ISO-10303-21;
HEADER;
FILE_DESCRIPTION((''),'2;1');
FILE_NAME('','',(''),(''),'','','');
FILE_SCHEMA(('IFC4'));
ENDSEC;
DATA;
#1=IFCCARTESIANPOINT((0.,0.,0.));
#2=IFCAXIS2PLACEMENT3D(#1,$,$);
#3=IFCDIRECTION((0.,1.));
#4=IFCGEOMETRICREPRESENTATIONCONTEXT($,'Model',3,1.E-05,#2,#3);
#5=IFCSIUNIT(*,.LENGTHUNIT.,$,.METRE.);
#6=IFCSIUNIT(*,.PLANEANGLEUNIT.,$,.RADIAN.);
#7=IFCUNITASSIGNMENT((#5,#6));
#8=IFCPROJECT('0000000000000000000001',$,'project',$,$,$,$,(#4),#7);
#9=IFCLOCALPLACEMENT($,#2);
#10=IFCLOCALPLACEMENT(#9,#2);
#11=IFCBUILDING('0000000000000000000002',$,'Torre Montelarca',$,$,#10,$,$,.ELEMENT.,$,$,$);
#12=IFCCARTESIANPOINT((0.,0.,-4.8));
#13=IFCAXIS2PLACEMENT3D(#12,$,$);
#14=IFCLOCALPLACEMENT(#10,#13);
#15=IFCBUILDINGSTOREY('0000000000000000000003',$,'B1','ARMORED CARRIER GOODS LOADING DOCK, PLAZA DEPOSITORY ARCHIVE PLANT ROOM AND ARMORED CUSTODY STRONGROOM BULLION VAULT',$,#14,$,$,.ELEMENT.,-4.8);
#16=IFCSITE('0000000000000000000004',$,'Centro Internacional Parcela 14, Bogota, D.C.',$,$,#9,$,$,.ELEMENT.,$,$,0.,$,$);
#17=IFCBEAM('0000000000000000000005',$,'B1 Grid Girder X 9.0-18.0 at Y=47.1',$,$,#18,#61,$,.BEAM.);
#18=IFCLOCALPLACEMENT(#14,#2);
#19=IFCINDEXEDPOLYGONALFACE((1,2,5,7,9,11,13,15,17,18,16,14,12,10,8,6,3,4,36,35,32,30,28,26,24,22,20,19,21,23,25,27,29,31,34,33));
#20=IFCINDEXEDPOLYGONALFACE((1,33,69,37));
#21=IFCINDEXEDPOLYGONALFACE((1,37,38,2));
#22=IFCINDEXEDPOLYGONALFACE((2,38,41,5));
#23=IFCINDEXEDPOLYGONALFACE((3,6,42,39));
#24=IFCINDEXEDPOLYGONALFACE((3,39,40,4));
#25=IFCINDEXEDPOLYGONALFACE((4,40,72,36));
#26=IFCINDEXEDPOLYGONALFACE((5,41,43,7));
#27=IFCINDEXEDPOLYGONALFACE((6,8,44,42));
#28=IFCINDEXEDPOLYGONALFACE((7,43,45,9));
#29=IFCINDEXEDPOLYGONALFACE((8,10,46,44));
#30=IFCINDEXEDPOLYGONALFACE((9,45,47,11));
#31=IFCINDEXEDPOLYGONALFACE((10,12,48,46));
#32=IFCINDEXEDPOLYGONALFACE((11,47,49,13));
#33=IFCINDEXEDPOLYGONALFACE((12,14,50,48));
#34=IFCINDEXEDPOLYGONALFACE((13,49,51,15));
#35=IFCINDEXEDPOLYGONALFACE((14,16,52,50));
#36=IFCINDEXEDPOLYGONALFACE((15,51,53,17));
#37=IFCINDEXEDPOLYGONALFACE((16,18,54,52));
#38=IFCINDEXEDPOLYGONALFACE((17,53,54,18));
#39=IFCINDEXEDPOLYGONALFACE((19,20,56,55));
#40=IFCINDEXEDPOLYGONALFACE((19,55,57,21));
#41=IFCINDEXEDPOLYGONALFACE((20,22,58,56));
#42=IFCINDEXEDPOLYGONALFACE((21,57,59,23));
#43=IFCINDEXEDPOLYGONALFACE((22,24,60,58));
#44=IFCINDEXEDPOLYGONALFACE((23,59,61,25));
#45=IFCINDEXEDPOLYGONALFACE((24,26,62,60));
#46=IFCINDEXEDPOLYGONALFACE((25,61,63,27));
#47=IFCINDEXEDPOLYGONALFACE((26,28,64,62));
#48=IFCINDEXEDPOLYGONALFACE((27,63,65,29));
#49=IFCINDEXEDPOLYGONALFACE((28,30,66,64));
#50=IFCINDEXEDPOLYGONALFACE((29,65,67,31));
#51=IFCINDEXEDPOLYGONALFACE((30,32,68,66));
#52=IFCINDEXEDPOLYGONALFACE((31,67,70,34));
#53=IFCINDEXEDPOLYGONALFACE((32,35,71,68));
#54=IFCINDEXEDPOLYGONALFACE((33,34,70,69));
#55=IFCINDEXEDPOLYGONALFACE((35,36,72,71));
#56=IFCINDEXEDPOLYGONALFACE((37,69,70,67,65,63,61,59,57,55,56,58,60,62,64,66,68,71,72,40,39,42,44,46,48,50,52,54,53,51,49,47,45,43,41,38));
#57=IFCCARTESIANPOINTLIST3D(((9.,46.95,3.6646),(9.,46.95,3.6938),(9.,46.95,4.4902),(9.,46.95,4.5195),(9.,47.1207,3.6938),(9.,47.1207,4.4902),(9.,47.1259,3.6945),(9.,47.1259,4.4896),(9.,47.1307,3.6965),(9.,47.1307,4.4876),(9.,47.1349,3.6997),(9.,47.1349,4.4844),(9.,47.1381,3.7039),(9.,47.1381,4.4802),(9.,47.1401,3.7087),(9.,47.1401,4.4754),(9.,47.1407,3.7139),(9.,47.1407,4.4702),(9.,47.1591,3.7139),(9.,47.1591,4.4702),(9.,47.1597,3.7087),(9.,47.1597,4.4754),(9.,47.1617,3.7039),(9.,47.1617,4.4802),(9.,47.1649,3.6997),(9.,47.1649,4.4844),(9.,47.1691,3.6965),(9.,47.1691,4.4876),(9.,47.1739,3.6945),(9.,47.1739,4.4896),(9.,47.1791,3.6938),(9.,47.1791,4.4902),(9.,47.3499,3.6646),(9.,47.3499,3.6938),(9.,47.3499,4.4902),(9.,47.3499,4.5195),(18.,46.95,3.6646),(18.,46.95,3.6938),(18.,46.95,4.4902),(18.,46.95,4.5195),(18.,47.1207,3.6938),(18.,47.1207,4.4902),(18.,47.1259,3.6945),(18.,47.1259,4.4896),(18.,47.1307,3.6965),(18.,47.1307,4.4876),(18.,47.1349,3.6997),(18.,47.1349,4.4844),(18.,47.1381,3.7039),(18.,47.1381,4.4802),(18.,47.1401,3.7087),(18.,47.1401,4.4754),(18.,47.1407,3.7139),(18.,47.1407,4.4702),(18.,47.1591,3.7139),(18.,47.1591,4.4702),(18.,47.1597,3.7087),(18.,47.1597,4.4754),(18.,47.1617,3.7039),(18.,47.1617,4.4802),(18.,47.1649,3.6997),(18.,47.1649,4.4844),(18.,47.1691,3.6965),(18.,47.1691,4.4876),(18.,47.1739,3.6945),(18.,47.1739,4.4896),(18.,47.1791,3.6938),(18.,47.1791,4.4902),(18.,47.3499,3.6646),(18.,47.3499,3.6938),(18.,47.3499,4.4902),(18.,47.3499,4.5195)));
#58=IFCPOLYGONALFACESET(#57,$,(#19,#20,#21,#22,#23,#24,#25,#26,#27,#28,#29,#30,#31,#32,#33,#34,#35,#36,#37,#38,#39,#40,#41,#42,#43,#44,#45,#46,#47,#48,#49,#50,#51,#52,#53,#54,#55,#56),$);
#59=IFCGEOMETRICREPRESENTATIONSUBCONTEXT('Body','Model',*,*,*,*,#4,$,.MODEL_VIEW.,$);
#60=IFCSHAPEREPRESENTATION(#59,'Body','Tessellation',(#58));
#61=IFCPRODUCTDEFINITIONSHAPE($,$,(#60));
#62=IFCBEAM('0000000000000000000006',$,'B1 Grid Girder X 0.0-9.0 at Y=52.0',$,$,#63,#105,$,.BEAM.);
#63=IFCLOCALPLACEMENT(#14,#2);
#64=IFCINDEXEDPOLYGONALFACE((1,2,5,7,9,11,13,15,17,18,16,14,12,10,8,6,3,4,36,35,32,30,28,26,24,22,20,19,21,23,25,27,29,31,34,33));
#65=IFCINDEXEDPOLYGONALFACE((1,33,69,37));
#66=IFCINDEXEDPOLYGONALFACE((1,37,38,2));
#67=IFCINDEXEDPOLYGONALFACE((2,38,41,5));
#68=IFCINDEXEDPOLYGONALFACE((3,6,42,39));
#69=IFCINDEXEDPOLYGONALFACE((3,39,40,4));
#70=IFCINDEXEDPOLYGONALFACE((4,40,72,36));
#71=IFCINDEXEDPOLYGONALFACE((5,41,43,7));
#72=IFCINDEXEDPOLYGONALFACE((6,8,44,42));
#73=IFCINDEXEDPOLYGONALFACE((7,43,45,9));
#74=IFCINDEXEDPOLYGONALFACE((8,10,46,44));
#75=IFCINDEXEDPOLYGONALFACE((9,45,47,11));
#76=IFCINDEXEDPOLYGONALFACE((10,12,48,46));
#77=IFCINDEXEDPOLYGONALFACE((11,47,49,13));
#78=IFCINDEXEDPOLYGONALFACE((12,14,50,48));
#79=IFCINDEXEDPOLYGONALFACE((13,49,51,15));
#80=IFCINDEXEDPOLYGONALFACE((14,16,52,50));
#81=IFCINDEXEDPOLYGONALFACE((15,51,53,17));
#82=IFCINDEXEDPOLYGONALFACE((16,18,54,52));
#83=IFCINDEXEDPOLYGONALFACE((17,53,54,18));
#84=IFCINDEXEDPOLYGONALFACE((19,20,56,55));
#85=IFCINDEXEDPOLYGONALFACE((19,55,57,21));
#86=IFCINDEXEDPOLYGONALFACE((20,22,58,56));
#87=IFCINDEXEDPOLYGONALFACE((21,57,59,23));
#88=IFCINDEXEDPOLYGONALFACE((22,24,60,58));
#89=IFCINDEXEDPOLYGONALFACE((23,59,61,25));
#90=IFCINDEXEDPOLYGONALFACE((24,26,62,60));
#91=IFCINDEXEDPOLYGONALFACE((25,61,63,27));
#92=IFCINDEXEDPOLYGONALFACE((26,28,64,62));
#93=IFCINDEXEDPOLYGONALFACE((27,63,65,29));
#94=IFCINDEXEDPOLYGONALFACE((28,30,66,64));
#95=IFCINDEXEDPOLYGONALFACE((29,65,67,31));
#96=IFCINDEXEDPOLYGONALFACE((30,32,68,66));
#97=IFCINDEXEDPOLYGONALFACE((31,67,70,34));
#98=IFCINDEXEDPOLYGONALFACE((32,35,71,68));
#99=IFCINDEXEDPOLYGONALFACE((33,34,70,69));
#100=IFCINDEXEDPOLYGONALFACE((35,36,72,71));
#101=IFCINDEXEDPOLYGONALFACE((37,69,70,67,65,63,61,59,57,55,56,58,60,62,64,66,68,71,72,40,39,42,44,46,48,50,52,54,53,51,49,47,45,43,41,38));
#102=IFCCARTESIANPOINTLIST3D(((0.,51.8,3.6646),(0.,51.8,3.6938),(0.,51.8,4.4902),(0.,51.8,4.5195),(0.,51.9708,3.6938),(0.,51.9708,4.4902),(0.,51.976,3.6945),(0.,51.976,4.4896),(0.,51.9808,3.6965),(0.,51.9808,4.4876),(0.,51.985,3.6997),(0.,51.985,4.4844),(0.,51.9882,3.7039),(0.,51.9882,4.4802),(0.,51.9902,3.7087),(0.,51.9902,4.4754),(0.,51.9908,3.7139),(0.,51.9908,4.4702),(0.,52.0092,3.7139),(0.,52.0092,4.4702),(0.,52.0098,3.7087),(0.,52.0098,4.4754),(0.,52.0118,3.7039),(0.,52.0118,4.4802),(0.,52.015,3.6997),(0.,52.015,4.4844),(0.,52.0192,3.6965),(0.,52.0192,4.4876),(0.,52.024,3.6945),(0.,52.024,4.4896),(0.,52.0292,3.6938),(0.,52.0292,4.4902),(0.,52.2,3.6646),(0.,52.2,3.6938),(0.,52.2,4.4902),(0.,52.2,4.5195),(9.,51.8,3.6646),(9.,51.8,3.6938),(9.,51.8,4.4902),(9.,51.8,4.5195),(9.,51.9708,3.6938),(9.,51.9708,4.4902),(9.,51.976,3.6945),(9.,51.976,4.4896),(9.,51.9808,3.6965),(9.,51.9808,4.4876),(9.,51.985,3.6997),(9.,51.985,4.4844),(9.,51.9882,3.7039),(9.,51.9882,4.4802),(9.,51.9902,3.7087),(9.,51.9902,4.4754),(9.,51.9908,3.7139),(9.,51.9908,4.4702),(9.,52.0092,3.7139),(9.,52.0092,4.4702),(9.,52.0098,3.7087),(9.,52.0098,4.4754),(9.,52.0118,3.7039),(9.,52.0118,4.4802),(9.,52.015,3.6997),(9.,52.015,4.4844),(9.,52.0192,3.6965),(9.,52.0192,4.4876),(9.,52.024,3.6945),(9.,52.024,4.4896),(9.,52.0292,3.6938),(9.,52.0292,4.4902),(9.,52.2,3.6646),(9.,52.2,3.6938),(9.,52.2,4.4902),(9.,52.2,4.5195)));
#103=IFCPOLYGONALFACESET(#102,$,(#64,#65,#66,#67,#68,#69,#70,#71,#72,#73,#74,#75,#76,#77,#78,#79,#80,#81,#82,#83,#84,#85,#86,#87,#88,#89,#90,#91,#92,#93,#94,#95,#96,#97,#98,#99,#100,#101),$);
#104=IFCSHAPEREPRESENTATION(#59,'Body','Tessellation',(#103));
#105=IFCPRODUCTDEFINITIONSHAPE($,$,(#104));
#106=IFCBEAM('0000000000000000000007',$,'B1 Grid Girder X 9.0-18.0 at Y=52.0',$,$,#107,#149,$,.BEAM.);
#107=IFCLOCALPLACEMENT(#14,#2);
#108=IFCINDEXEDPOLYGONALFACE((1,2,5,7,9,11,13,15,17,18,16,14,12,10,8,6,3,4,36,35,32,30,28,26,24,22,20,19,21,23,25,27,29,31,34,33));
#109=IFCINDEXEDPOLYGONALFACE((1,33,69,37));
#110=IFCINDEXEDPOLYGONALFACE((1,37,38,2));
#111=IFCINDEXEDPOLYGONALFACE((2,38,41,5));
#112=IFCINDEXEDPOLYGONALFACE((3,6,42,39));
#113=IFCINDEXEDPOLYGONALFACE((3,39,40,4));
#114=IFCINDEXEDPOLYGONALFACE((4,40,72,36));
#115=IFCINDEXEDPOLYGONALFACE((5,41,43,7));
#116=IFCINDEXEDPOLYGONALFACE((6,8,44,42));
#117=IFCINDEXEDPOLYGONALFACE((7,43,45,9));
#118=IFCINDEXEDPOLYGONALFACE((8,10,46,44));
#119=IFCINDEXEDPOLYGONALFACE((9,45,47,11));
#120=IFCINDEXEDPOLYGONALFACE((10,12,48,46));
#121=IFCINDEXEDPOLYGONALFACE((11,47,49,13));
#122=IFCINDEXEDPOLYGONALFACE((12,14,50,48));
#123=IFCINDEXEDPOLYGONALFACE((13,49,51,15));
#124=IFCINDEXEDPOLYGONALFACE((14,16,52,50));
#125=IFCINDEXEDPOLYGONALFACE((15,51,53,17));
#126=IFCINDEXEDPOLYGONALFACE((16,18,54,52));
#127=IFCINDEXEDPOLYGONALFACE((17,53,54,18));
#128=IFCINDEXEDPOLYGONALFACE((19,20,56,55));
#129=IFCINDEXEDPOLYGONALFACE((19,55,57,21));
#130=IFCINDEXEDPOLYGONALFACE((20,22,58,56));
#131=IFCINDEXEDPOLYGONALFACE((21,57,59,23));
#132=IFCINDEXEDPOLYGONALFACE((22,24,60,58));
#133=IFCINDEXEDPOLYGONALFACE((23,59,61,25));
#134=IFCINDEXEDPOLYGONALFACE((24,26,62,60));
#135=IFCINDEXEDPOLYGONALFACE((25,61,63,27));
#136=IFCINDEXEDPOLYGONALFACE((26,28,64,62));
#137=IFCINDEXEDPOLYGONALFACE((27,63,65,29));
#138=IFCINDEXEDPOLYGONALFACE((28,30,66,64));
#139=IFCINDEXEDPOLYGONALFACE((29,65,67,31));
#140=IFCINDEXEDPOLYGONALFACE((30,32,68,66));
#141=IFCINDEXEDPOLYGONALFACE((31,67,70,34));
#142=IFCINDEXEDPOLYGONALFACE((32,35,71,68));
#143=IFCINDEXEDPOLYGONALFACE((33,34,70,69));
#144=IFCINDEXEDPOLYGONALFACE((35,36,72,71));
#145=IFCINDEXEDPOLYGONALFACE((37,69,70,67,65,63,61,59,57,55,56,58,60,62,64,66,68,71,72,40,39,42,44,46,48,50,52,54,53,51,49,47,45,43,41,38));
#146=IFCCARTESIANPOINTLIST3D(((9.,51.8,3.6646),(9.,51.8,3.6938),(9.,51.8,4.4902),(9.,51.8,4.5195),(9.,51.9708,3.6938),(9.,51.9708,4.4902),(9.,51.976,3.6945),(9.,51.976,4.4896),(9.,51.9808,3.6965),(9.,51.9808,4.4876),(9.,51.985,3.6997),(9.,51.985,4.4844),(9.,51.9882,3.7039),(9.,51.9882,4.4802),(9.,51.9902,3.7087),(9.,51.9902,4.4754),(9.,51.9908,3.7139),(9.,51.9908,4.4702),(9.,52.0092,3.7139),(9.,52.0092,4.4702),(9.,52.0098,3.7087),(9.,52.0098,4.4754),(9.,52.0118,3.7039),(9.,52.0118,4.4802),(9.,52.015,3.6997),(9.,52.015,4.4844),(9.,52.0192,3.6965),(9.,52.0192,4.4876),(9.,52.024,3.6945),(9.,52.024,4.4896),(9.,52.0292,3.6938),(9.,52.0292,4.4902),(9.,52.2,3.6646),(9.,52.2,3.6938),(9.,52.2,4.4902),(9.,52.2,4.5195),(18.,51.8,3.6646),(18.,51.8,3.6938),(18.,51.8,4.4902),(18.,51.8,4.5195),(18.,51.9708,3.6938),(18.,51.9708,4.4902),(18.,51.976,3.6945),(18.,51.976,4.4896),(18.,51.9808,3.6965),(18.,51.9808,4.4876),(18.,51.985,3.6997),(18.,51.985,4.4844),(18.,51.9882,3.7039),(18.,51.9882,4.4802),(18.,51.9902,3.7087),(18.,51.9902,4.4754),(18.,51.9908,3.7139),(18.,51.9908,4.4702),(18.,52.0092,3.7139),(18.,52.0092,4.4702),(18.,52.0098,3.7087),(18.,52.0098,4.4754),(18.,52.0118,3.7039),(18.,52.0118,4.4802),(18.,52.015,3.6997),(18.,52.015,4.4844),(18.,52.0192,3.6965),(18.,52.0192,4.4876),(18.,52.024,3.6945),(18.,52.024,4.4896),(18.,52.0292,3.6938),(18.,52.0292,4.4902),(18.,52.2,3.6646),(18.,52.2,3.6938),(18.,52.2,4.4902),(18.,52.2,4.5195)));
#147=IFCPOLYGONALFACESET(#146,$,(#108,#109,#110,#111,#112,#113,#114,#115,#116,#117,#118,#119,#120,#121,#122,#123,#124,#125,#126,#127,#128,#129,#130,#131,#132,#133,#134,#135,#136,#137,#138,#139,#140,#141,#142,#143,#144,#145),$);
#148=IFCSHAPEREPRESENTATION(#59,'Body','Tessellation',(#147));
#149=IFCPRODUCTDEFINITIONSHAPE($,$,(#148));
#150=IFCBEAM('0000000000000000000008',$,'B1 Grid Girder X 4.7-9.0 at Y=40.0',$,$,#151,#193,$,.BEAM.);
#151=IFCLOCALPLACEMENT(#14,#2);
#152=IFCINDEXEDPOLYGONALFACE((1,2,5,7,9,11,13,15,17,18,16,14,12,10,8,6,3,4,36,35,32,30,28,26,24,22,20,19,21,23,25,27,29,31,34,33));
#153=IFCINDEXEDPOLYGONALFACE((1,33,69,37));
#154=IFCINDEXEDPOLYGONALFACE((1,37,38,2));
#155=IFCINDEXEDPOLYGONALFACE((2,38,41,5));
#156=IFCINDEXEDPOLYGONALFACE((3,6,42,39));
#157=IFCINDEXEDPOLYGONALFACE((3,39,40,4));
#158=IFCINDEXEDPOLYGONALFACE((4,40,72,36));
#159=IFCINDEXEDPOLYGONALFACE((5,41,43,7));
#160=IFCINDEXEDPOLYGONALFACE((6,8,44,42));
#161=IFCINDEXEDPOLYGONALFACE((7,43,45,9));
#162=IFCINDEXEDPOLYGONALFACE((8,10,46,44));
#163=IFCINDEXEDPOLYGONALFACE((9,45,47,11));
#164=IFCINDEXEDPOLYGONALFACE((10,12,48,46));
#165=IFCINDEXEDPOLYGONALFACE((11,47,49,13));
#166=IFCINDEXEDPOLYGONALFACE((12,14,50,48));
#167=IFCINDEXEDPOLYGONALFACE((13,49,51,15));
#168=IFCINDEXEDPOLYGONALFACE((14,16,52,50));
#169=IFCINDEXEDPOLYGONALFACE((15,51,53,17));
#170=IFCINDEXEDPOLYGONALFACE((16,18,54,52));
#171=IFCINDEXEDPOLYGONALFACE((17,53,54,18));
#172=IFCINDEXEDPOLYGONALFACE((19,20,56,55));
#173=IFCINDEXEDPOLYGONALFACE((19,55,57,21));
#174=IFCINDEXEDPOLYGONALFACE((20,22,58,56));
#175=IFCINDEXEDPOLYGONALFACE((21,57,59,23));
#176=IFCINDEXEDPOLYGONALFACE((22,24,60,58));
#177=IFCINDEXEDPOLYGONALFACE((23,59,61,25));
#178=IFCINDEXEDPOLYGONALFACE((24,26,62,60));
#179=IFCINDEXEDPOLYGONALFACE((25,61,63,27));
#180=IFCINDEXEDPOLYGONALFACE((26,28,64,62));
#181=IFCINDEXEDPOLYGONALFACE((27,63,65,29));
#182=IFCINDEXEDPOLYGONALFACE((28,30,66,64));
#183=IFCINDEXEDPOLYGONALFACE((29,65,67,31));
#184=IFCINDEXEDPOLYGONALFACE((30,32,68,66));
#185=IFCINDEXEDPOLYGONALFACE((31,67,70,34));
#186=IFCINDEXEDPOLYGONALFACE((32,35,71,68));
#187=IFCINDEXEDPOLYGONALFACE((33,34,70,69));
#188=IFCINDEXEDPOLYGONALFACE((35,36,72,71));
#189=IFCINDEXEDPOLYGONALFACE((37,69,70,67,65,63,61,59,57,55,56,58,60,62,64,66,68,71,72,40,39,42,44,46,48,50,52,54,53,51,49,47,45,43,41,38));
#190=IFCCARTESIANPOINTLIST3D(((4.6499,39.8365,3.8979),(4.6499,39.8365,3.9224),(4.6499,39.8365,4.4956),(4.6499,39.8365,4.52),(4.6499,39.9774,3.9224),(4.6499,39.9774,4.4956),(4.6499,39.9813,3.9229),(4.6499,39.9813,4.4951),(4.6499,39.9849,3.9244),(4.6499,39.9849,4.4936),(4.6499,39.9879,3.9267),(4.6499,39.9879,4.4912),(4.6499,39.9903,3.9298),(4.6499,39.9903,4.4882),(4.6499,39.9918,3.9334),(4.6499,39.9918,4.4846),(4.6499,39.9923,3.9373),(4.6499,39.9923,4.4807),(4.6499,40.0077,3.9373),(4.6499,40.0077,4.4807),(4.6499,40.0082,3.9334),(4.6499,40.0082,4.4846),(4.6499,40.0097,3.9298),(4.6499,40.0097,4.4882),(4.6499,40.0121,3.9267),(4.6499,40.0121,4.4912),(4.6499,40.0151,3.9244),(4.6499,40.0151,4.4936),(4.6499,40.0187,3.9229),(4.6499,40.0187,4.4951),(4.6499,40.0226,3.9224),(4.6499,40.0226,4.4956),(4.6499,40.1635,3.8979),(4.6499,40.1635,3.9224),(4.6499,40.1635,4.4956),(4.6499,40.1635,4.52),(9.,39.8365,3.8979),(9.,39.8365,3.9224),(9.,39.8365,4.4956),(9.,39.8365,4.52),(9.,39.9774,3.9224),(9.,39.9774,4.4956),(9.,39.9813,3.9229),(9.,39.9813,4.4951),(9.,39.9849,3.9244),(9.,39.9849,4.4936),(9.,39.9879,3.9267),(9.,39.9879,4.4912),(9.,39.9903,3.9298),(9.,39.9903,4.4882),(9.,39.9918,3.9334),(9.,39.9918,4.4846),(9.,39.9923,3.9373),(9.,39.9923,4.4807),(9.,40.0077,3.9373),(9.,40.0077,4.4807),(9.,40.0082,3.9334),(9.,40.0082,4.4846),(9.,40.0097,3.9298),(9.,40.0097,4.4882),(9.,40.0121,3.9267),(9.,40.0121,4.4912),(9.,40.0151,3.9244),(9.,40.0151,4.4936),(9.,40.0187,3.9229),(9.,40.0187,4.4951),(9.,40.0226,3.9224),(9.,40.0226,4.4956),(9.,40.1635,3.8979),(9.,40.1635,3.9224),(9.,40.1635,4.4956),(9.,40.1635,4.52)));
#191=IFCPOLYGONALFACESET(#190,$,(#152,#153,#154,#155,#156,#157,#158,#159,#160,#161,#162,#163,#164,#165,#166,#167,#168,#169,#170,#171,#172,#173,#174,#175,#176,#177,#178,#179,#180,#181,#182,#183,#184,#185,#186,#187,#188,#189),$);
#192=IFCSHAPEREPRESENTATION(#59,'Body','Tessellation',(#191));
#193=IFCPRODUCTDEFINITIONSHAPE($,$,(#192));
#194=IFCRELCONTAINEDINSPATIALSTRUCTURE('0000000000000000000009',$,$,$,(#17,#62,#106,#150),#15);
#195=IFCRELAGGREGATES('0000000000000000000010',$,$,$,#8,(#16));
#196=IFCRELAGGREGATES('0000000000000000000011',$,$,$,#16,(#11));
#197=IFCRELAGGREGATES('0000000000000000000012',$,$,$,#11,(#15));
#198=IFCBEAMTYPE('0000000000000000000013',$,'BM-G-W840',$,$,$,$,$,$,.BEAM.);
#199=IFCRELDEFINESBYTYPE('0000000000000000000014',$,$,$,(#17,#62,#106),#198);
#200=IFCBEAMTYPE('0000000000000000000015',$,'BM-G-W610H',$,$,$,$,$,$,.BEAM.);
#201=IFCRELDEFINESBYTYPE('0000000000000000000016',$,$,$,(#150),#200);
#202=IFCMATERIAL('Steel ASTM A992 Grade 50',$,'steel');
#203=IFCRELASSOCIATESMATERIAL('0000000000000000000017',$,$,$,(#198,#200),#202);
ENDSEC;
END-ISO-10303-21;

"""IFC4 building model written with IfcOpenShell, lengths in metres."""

from ifc_helpers import new_model, si_unit, direction, frame, origin, origin_2d, place, context, subcontext, project, spatial, i_section, extrude, source, transform, mapped, material, material_profile, profile_set, type_object, element, save


model = new_model("IFC4")

# Units and contexts
model_context = context("Model", 3, precision=1e-05, world=origin(), true_north=direction((0.0, 1.0)))
body_context = subcontext(model_context, "Body", "Model", "MODEL_VIEW")
ifc_project = project(units=[si_unit("LENGTHUNIT", "METRE"), si_unit("PLANEANGLEUNIT", "RADIAN")], contexts=[model_context])

# Site, building, storey
site_placement = place(None, origin())
site = spatial("IfcSite", under=ifc_project, at=site_placement, Name="Centro Internacional Parcela 14, Bogota, D.C.", CompositionType="ELEMENT", RefElevation=0.0)
building_placement = place(site_placement, origin())
building = spatial("IfcBuilding", under=site, at=building_placement, Name="Torre Montelarca", CompositionType="ELEMENT")
storey_placement = place(building_placement, frame((0.0, 0.0, -4.8)))
storey = spatial("IfcBuildingStorey", under=building, at=storey_placement, Name="B1", Description="ARMORED CARRIER GOODS LOADING DOCK, PLAZA DEPOSITORY ARCHIVE PLANT ROOM AND ARMORED CUSTODY STRONGROOM BULLION VAULT", CompositionType="ELEMENT", Elevation=-4.8)

# Beams
ifc_material_1 = material(Name="Steel ASTM A992 Grade 50", Category="steel")
ifc_material_profile_1 = material_profile(ifc_material_1, i_section(OverallWidth=0.3999, OverallDepth=0.855, WebThickness=0.0183, FlangeThickness=0.0293, FilletRadius=0.02, at=origin_2d()), Name="W840X299", Category="steel")
ifc_profile_set_1 = profile_set([ifc_material_profile_1], Name="Steel ASTM A992 Grade 50")
beam_type_1 = type_object("IfcBeamType", Name="BM-G-W840", PredefinedType="BEAM", material=ifc_profile_set_1)
shared_shape_1 = source(origin(), body_context, "Body", "SweptSolid", [
    extrude(i_section(OverallWidth=0.3999, OverallDepth=0.855, WebThickness=0.0183, FlangeThickness=0.0293, FilletRadius=0.02, at=origin_2d()), origin(), (0.0, 0.0, 1.0), 9.0),
])
for number, where, z_axis, x_axis, name in (
    (1, (9.0, 47.1499, 4.092), (1.0, 0.0, 0.0), (0.0, 1.0, 0.0), "B1 Grid Girder X 9.0-18.0 at Y=47.1"),
    (2, (0.0, 52.0, 4.092), (1.0, 0.0, 0.0), (0.0, 1.0, 0.0), "B1 Grid Girder X 0.0-9.0 at Y=52.0"),
    (3, (9.0, 52.0, 4.092), (1.0, 0.0, 0.0), (0.0, 1.0, 0.0), "B1 Grid Girder X 9.0-18.0 at Y=52.0"),
):
    element("IfcBeam", number, at=place(storey_placement, frame(where, z_axis=z_axis, x_axis=x_axis)), inside=storey, type_object=beam_type_1, Name=name, PredefinedType="BEAM", context=body_context, shape_type="MappedRepresentation", body=[
        mapped(shared_shape_1, transform((0.0, 0.0, 0.0), scale=1.0)),
    ])
ifc_material_profile_2 = material_profile(ifc_material_1, i_section(OverallWidth=0.3269, OverallDepth=0.6221, WebThickness=0.0154, FlangeThickness=0.0244, FilletRadius=0.0149, at=origin_2d()), Name="W610X195", Category="steel")
ifc_profile_set_2 = profile_set([ifc_material_profile_2], Name="Steel ASTM A992 Grade 50")
beam_type_2 = type_object("IfcBeamType", Name="BM-G-W610H", PredefinedType="BEAM", material=ifc_profile_set_2)
shared_shape_2 = source(origin(), body_context, "Body", "SweptSolid", [
    extrude(i_section(OverallWidth=0.3269, OverallDepth=0.6221, WebThickness=0.0154, FlangeThickness=0.0244, FilletRadius=0.0149, at=origin_2d()), origin(), (0.0, 0.0, 1.0), 4.3501),
])
for number, where, z_axis, x_axis, name in (
    (4, (4.6499, 40.0, 4.209), (1.0, 0.0, 0.0), (0.0, 1.0, 0.0), "B1 Grid Girder X 4.7-9.0 at Y=40.0"),
):
    element("IfcBeam", number, at=place(storey_placement, frame(where, z_axis=z_axis, x_axis=x_axis)), inside=storey, type_object=beam_type_2, Name=name, PredefinedType="BEAM", context=body_context, shape_type="MappedRepresentation", body=[
        mapped(shared_shape_2, transform((0.0, 0.0, 0.0), scale=1.0)),
    ])

save(model, "model.ifc")
